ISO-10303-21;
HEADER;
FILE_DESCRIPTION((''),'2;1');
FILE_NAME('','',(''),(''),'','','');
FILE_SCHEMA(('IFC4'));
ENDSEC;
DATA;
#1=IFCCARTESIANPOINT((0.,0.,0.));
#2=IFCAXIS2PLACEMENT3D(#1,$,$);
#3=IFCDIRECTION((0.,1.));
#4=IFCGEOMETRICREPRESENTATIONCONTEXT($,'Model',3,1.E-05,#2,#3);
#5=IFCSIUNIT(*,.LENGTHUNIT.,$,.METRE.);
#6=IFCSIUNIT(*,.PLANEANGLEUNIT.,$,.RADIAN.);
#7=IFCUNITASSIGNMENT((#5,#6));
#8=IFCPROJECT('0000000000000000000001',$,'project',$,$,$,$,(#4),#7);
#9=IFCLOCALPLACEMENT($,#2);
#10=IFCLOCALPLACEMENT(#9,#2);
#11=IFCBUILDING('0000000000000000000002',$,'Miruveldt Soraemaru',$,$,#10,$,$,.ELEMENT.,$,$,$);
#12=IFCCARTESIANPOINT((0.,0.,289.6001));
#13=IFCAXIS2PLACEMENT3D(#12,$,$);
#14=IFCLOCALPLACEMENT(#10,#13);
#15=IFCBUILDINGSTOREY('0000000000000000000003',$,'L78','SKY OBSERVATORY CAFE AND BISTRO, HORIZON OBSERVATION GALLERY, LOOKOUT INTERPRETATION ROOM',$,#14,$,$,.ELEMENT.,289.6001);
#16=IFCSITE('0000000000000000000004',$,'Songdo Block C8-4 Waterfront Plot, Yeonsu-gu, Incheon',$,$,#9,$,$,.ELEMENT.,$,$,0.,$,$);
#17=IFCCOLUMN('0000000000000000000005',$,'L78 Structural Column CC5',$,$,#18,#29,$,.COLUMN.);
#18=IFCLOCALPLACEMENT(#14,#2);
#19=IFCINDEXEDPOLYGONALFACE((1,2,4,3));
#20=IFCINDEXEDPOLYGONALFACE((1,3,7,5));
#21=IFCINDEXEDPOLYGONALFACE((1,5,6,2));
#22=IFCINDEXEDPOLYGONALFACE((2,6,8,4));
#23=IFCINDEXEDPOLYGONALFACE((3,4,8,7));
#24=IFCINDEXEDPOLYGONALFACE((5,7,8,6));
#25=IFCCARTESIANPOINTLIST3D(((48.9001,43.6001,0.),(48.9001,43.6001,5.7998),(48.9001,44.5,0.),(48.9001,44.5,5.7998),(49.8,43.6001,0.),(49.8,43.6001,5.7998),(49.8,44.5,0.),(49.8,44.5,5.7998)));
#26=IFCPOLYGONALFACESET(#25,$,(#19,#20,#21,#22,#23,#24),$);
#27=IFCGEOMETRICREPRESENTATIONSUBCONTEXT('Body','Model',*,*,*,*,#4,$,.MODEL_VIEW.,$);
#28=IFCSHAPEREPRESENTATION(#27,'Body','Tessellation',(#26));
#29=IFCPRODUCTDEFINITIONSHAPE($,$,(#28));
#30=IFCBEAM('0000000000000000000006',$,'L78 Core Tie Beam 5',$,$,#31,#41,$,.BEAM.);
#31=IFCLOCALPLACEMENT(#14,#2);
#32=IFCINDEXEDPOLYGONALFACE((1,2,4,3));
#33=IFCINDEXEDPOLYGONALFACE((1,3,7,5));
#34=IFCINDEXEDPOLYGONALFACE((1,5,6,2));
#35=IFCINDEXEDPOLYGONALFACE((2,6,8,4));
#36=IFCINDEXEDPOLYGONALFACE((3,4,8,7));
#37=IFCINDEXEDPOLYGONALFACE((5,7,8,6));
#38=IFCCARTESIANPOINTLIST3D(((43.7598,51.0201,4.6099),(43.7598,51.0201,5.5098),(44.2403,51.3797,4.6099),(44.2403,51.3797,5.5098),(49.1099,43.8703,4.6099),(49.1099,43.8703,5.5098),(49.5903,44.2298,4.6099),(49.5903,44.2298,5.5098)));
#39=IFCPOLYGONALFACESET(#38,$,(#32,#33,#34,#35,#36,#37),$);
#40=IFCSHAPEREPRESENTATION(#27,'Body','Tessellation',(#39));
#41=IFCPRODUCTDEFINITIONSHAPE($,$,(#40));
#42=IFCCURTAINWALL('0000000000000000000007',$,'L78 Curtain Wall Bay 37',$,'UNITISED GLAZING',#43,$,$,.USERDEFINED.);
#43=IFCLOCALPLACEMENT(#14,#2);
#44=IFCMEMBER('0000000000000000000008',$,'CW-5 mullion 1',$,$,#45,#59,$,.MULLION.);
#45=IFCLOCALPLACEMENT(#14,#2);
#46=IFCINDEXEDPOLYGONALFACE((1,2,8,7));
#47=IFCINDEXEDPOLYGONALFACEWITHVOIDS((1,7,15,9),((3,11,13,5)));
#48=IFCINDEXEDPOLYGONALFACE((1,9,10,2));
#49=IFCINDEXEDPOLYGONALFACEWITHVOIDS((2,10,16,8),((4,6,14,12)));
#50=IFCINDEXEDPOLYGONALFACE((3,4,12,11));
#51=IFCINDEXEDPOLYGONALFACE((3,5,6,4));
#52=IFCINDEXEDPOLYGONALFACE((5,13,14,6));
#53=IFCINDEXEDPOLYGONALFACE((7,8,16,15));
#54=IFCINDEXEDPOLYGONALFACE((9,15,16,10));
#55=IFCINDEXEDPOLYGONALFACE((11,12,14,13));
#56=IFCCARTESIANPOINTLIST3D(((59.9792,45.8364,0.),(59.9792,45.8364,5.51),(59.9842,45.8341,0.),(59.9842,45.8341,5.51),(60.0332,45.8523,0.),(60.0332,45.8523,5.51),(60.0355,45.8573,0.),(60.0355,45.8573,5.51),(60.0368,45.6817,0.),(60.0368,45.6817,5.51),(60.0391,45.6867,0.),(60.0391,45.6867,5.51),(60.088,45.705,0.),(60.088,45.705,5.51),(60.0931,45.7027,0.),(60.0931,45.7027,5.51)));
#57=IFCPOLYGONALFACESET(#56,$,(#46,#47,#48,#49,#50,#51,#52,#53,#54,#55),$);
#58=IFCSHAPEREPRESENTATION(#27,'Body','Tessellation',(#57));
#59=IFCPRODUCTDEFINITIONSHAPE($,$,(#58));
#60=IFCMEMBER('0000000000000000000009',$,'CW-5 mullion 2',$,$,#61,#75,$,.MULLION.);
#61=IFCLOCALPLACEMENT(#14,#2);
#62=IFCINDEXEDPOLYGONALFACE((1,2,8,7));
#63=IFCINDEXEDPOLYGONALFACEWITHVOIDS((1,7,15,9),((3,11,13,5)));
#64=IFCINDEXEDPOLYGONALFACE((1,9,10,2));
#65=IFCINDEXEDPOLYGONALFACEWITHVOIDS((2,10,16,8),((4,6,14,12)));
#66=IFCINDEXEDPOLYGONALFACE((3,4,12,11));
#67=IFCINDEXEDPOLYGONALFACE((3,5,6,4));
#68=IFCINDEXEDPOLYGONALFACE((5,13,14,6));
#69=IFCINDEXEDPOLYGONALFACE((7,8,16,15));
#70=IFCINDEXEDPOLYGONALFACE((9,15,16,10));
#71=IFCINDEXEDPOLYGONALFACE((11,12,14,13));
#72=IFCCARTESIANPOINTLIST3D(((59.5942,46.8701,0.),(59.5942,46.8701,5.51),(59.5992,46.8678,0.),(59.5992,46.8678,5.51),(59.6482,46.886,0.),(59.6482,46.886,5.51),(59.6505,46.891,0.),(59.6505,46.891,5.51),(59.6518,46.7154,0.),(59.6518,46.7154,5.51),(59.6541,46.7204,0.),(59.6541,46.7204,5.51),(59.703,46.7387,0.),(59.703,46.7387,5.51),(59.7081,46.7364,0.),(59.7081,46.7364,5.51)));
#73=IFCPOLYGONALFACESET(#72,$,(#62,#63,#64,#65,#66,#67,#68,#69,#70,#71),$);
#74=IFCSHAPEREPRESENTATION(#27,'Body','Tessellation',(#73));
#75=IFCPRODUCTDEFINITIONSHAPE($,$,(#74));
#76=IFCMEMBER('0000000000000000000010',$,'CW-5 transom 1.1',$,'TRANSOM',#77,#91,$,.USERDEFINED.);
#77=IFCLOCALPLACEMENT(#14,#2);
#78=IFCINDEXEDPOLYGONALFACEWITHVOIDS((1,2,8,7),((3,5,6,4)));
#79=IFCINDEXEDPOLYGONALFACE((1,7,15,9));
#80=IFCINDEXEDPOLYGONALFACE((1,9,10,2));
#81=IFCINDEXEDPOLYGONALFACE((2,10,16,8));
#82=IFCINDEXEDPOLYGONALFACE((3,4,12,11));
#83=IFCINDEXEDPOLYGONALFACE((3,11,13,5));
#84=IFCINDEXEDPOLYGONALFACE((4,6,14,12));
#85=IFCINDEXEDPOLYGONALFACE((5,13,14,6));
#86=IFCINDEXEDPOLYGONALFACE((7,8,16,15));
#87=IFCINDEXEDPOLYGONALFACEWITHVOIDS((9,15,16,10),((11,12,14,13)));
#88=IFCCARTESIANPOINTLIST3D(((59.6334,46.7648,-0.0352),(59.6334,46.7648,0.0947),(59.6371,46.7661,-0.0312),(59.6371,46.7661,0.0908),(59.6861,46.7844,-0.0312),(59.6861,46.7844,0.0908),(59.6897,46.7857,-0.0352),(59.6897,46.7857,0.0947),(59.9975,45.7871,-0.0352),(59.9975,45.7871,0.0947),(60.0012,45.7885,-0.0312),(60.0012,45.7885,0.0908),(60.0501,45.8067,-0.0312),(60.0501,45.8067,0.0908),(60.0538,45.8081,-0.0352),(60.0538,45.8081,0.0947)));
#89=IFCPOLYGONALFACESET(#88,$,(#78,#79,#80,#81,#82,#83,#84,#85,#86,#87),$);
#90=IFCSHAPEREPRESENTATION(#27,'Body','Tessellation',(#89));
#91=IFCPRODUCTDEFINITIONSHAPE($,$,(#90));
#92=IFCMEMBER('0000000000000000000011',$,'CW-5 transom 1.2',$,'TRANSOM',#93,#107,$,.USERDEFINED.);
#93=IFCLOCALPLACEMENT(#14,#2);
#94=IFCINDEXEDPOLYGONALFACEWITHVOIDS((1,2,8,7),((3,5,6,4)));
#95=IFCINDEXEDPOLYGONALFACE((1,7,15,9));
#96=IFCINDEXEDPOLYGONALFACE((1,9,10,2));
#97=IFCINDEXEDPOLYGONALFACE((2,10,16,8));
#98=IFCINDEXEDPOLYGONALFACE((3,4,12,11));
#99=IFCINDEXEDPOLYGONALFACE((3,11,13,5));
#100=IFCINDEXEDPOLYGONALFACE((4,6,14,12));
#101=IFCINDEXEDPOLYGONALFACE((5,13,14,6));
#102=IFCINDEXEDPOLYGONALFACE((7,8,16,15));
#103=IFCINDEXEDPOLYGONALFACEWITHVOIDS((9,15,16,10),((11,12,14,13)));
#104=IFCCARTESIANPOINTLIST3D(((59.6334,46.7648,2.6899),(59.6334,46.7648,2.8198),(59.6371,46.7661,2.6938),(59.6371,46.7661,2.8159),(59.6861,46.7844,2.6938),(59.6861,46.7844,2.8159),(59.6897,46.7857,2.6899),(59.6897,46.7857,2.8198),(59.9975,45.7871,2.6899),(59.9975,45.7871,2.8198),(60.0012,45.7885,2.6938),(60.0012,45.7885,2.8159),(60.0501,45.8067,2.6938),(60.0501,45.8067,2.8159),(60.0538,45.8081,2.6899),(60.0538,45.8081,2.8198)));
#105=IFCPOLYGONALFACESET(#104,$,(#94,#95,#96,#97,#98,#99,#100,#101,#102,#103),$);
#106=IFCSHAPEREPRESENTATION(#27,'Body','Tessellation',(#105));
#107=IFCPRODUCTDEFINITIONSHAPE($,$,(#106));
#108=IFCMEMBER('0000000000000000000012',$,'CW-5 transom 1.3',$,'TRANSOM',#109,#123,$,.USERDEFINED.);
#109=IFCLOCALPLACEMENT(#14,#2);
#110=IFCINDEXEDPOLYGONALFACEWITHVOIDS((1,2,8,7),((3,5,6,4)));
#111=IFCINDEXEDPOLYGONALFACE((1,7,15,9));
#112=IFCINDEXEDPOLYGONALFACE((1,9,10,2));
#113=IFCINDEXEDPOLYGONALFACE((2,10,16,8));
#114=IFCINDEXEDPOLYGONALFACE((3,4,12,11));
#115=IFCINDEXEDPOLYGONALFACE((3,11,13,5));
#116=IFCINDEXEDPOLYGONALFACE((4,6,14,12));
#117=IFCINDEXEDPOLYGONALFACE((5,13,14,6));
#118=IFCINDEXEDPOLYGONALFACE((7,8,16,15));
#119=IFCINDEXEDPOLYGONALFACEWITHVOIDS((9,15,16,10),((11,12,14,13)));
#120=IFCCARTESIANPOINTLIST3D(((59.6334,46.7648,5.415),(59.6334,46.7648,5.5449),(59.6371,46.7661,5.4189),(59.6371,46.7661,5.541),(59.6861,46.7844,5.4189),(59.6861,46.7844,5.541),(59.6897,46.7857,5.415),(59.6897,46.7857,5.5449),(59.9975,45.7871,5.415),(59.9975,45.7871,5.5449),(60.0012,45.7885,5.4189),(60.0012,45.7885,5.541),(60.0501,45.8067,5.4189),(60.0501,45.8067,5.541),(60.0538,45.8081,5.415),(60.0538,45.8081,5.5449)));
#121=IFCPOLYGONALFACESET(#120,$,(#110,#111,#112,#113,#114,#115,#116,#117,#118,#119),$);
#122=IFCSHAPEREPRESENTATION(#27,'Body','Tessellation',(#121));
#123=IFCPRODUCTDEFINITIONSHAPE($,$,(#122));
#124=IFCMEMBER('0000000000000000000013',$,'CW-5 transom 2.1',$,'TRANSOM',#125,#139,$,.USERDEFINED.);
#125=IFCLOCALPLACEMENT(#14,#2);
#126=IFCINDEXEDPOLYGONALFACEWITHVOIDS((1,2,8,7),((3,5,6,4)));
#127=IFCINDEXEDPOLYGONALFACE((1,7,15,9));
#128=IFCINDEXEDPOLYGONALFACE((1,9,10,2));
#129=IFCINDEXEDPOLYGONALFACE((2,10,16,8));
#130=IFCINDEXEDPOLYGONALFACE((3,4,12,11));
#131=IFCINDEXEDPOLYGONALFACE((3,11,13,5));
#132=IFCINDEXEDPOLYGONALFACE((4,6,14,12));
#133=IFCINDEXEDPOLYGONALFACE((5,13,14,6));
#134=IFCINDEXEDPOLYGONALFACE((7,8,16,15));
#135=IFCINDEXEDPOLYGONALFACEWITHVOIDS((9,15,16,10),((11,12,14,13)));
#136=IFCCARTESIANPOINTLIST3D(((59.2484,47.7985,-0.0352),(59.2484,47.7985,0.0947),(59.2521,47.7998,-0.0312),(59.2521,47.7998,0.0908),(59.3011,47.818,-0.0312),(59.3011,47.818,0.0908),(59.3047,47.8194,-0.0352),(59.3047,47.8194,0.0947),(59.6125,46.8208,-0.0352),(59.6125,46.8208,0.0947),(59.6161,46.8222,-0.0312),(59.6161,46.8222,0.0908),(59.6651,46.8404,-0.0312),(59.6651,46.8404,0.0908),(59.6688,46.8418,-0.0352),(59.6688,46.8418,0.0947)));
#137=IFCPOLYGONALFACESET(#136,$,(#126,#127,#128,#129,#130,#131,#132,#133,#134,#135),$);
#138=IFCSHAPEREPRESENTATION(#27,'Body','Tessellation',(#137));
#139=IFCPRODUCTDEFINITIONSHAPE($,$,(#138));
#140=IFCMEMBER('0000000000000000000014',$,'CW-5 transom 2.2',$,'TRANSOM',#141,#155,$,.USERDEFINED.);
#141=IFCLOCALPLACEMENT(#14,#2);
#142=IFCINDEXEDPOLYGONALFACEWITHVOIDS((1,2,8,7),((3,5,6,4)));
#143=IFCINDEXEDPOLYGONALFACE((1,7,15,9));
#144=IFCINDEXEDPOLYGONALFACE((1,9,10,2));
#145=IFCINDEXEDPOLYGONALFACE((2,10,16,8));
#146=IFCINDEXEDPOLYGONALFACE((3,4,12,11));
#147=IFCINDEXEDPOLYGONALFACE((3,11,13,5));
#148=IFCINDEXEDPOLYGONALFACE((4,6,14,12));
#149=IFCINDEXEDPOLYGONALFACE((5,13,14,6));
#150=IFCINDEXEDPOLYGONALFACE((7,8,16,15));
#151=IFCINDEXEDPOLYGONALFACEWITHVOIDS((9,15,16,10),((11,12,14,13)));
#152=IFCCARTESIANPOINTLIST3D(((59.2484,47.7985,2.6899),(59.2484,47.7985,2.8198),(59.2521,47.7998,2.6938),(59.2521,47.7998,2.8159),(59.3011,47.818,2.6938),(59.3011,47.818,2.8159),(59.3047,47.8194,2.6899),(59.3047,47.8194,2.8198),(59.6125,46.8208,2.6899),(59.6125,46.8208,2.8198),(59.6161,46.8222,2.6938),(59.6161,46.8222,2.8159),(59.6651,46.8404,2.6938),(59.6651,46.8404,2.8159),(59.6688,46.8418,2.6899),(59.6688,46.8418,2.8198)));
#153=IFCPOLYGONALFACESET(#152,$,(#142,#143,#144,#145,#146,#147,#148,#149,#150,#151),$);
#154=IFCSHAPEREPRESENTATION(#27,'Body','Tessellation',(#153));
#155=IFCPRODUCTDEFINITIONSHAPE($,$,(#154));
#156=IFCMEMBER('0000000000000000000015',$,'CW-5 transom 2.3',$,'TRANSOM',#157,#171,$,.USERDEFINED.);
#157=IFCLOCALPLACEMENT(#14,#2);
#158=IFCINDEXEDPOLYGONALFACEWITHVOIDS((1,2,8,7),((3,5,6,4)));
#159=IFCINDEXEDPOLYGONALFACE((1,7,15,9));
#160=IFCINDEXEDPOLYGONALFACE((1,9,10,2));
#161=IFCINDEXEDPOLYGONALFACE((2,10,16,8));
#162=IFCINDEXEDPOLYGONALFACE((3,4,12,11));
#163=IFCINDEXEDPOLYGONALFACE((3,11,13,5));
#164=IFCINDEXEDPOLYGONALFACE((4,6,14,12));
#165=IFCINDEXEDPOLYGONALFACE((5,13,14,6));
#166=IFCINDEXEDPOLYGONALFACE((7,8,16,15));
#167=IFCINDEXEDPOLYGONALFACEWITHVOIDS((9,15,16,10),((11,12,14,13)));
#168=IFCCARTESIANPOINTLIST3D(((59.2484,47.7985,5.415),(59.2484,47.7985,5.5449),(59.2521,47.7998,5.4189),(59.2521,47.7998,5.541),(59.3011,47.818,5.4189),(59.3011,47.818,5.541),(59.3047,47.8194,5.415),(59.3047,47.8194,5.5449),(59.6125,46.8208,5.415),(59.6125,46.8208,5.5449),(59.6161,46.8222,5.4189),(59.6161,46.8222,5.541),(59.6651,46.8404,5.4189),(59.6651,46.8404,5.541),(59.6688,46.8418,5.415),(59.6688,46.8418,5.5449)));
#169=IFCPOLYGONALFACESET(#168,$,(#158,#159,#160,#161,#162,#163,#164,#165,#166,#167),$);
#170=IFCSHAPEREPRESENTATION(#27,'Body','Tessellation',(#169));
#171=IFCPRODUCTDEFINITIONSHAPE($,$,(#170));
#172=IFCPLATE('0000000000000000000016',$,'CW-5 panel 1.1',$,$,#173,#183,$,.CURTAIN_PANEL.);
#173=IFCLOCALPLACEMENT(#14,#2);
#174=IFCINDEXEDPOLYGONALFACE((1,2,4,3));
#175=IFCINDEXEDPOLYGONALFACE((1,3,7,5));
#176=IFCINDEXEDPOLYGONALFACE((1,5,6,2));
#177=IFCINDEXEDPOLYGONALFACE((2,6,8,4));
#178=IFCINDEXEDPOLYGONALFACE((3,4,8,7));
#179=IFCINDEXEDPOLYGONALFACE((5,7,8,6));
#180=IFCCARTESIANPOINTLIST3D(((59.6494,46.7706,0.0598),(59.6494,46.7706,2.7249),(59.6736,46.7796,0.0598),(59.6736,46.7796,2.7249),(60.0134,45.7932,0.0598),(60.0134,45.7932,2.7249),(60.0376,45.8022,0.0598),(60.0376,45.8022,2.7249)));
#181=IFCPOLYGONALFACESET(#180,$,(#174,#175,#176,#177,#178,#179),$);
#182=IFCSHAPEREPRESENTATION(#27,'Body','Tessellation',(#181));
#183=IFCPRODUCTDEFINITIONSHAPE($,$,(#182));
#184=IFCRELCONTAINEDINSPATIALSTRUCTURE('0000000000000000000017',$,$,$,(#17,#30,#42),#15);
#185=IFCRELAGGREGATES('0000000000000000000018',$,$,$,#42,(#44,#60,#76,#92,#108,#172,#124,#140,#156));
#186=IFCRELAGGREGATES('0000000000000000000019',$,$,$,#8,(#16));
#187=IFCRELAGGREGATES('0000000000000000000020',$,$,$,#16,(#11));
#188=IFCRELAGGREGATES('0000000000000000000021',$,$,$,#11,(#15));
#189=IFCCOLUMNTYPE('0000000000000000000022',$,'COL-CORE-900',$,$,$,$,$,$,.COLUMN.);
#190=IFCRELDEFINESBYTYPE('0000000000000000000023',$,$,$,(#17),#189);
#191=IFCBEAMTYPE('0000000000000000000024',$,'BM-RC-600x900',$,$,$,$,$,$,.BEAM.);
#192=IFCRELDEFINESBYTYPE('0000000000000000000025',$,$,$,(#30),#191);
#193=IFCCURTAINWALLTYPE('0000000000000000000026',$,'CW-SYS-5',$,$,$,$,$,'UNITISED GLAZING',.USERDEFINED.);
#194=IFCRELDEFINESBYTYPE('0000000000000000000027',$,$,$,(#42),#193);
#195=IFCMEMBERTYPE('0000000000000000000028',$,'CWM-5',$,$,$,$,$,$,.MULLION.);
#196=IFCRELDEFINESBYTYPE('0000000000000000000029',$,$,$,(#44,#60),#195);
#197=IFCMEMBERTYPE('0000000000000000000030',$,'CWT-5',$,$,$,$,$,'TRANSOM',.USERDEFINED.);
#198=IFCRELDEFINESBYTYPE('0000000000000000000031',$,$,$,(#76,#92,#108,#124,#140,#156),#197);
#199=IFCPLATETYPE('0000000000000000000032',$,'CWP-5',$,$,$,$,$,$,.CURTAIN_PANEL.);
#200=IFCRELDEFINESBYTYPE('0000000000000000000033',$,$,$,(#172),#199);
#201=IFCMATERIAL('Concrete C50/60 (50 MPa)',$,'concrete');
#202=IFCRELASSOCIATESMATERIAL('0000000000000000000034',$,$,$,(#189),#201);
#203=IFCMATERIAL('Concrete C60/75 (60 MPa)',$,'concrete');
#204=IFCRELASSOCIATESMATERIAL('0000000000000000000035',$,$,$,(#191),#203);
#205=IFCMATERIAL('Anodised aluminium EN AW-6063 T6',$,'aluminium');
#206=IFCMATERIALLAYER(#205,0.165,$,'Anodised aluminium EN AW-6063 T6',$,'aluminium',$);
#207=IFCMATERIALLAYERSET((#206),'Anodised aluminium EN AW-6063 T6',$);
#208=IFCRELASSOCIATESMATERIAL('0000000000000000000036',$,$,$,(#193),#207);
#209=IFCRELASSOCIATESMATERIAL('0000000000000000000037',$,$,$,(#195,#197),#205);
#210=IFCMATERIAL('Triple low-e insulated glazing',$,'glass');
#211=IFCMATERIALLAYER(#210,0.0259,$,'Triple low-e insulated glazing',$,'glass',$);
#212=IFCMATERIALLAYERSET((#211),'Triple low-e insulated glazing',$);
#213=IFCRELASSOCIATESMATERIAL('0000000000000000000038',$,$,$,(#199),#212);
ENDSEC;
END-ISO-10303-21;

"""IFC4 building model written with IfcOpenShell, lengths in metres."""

from ifc_helpers import new_model, si_unit, direction, frame, origin, origin_2d, place, context, subcontext, project, spatial, rectangle, hollow_rectangle, extrude, material, layer, layer_set, material_profile, profile_set, type_object, element, aggregate, save


model = new_model("IFC4")

# Units and contexts
model_context = context("Model", 3, precision=1e-05, world=origin(), true_north=direction((0.0, 1.0)))
body_context = subcontext(model_context, "Body", "Model", "MODEL_VIEW")
ifc_project = project(units=[si_unit("LENGTHUNIT", "METRE"), si_unit("PLANEANGLEUNIT", "RADIAN")], contexts=[model_context])

# Site, building, storey
site_placement = place(None, origin())
site = spatial("IfcSite", under=ifc_project, at=site_placement, Name="Songdo Block C8-4 Waterfront Plot, Yeonsu-gu, Incheon", CompositionType="ELEMENT", RefElevation=0.0)
building_placement = place(site_placement, origin())
building = spatial("IfcBuilding", under=site, at=building_placement, Name="Miruveldt Soraemaru", CompositionType="ELEMENT")
storey_placement = place(building_placement, frame((0.0, 0.0, 289.6001)))
storey = spatial("IfcBuildingStorey", under=building, at=storey_placement, Name="L78", Description="SKY OBSERVATORY CAFE AND BISTRO, HORIZON OBSERVATION GALLERY, LOOKOUT INTERPRETATION ROOM", CompositionType="ELEMENT", Elevation=289.6001)

# Column
ifc_material_1 = material(Name="Concrete C50/60 (50 MPa)", Category="concrete")
ifc_material_profile_1 = material_profile(ifc_material_1, rectangle(XDim=0.8999, YDim=0.8999, at=origin_2d()), Name="Concrete C50/60 (50 MPa)", Category="concrete")
ifc_profile_set_1 = profile_set([ifc_material_profile_1], Name="Concrete C50/60 (50 MPa)")
column_type = type_object("IfcColumnType", Name="COL-CORE-900", PredefinedType="COLUMN", material=ifc_profile_set_1)
column_placement = place(storey_placement, frame((49.3501, 44.05, 0.0), z_axis=(0.0, 0.0, 1.0), x_axis=(1.0, 0.0, 0.0)))
element("IfcColumn", 1, at=column_placement, inside=storey, type_object=column_type, Name="L78 Structural Column CC5", PredefinedType="COLUMN", context=body_context, shape_type="SweptSolid", body=[
    extrude(rectangle(XDim=0.8999, YDim=0.8999, at=origin_2d()), origin(), (0.0, 0.0, 1.0), 5.7998),
])

# Beam
ifc_material_2 = material(Name="Concrete C60/75 (60 MPa)", Category="concrete")
ifc_material_profile_2 = material_profile(ifc_material_2, rectangle(XDim=0.6001, YDim=0.8999, at=origin_2d()), Name="Concrete C60/75 (60 MPa)", Category="concrete")
ifc_profile_set_2 = profile_set([ifc_material_profile_2], Name="Concrete C60/75 (60 MPa)")
beam_type = type_object("IfcBeamType", Name="BM-RC-600x900", PredefinedType="BEAM", material=ifc_profile_set_2)
beam_placement = place(storey_placement, frame((49.3501, 44.05, 5.0598), z_axis=(-0.599116, 0.800662, 0.0), x_axis=(-0.800662, -0.599116, 0.0)))
element("IfcBeam", 2, at=beam_placement, inside=storey, type_object=beam_type, Name="L78 Core Tie Beam 5", PredefinedType="BEAM", context=body_context, shape_type="SweptSolid", body=[
    extrude(rectangle(XDim=0.6001, YDim=0.8999, at=origin_2d()), origin(), (0.0, 0.0, 1.0), 8.9299),
])

# Curtain wall, members, plate
ifc_material_3 = material(Name="Anodised aluminium EN AW-6063 T6", Category="aluminium")
ifc_layer_1 = layer(ifc_material_3, 0.165, Name="Anodised aluminium EN AW-6063 T6", Category="aluminium")
ifc_layer_set_1 = layer_set([ifc_layer_1], Name="Anodised aluminium EN AW-6063 T6")
curtain_wall_type = type_object("IfcCurtainWallType", Name="CW-SYS-5", ElementType="UNITISED GLAZING", PredefinedType="USERDEFINED", material=ifc_layer_set_1)
curtain_wall_placement = place(storey_placement, origin())
curtain_wall = element("IfcCurtainWall", 3, at=curtain_wall_placement, inside=storey, type_object=curtain_wall_type, Name="L78 Curtain Wall Bay 37", ObjectType="UNITISED GLAZING", PredefinedType="USERDEFINED")
ifc_material_profile_3 = material_profile(ifc_material_3, hollow_rectangle(XDim=0.0601, YDim=0.165, WallThickness=0.0039, at=origin_2d()), Name="Anodised aluminium EN AW-6063 T6", Category="aluminium")
ifc_profile_set_3 = profile_set([ifc_material_profile_3], Name="Anodised aluminium EN AW-6063 T6")
member_type_1 = type_object("IfcMemberType", Name="CWM-5", PredefinedType="MULLION", material=ifc_profile_set_3)
member_1_placement = place(storey_placement, frame((60.0361, 45.7695, 0.0), z_axis=(0.0, 0.0, 1.0), x_axis=(-0.937127, -0.34899, 0.0)))
member_1 = element("IfcMember", 4, at=member_1_placement, type_object=member_type_1, Name="CW-5 mullion 1", PredefinedType="MULLION", context=body_context, shape_type="SweptSolid", body=[
    extrude(hollow_rectangle(XDim=0.0601, YDim=0.165, WallThickness=0.0039, at=origin_2d()), origin(), (0.0, 0.0, 1.0), 5.51),
])
member_2_placement = place(storey_placement, frame((59.6511, 46.8032, 0.0), z_axis=(0.0, 0.0, 1.0), x_axis=(-0.937127, -0.34899, 0.0)))
member_2 = element("IfcMember", 5, at=member_2_placement, type_object=member_type_1, Name="CW-5 mullion 2", PredefinedType="MULLION", context=body_context, shape_type="SweptSolid", body=[
    extrude(hollow_rectangle(XDim=0.0601, YDim=0.165, WallThickness=0.0039, at=origin_2d()), origin(), (0.0, 0.0, 1.0), 5.51),
])
ifc_material_profile_4 = material_profile(ifc_material_3, hollow_rectangle(XDim=0.0601, YDim=0.1299, WallThickness=0.0039, at=origin_2d()), Name="Anodised aluminium EN AW-6063 T6", Category="aluminium")
ifc_profile_set_4 = profile_set([ifc_material_profile_4], Name="Anodised aluminium EN AW-6063 T6")
member_type_2 = type_object("IfcMemberType", Name="CWT-5", ElementType="TRANSOM", PredefinedType="USERDEFINED", material=ifc_profile_set_4)
member_3_placement = place(storey_placement, frame((60.0256, 45.7976, 0.0298), z_axis=(-0.348968, 0.937135, 0.0), x_axis=(-0.937135, -0.348968, 0.0)))
member_3 = element("IfcMember", 6, at=member_3_placement, type_object=member_type_2, Name="CW-5 transom 1.1", ObjectType="TRANSOM", PredefinedType="USERDEFINED", context=body_context, shape_type="SweptSolid", body=[
    extrude(hollow_rectangle(XDim=0.0601, YDim=0.1299, WallThickness=0.0039, at=origin_2d()), origin(), (0.0, 0.0, 1.0), 1.0432),
])
member_4_placement = place(storey_placement, frame((60.0256, 45.7976, 2.7549), z_axis=(-0.348968, 0.937135, 0.0), x_axis=(-0.937135, -0.348968, 0.0)))
member_4 = element("IfcMember", 7, at=member_4_placement, type_object=member_type_2, Name="CW-5 transom 1.2", ObjectType="TRANSOM", PredefinedType="USERDEFINED", context=body_context, shape_type="SweptSolid", body=[
    extrude(hollow_rectangle(XDim=0.0601, YDim=0.1299, WallThickness=0.0039, at=origin_2d()), origin(), (0.0, 0.0, 1.0), 1.0432),
])
member_5_placement = place(storey_placement, frame((60.0256, 45.7976, 5.48), z_axis=(-0.348968, 0.937135, 0.0), x_axis=(-0.937135, -0.348968, 0.0)))
member_5 = element("IfcMember", 8, at=member_5_placement, type_object=member_type_2, Name="CW-5 transom 1.3", ObjectType="TRANSOM", PredefinedType="USERDEFINED", context=body_context, shape_type="SweptSolid", body=[
    extrude(hollow_rectangle(XDim=0.0601, YDim=0.1299, WallThickness=0.0039, at=origin_2d()), origin(), (0.0, 0.0, 1.0), 1.0432),
])
member_6_placement = place(storey_placement, frame((59.6406, 46.8313, 0.0298), z_axis=(-0.348968, 0.937135, 0.0), x_axis=(-0.937135, -0.348968, 0.0)))
member_6 = element("IfcMember", 9, at=member_6_placement, type_object=member_type_2, Name="CW-5 transom 2.1", ObjectType="TRANSOM", PredefinedType="USERDEFINED", context=body_context, shape_type="SweptSolid", body=[
    extrude(hollow_rectangle(XDim=0.0601, YDim=0.1299, WallThickness=0.0039, at=origin_2d()), origin(), (0.0, 0.0, 1.0), 1.0432),
])
member_7_placement = place(storey_placement, frame((59.6406, 46.8313, 2.7549), z_axis=(-0.348968, 0.937135, 0.0), x_axis=(-0.937135, -0.348968, 0.0)))
member_7 = element("IfcMember", 10, at=member_7_placement, type_object=member_type_2, Name="CW-5 transom 2.2", ObjectType="TRANSOM", PredefinedType="USERDEFINED", context=body_context, shape_type="SweptSolid", body=[
    extrude(hollow_rectangle(XDim=0.0601, YDim=0.1299, WallThickness=0.0039, at=origin_2d()), origin(), (0.0, 0.0, 1.0), 1.0432),
])
member_8_placement = place(storey_placement, frame((59.6406, 46.8313, 5.48), z_axis=(-0.348968, 0.937135, 0.0), x_axis=(-0.937135, -0.348968, 0.0)))
member_8 = element("IfcMember", 11, at=member_8_placement, type_object=member_type_2, Name="CW-5 transom 2.3", ObjectType="TRANSOM", PredefinedType="USERDEFINED", context=body_context, shape_type="SweptSolid", body=[
    extrude(hollow_rectangle(XDim=0.0601, YDim=0.1299, WallThickness=0.0039, at=origin_2d()), origin(), (0.0, 0.0, 1.0), 1.0432),
])
ifc_material_4 = material(Name="Triple low-e insulated glazing", Category="glass")
ifc_layer_2 = layer(ifc_material_4, 0.0259, Name="Triple low-e insulated glazing", Category="glass")
ifc_layer_set_2 = layer_set([ifc_layer_2], Name="Triple low-e insulated glazing")
plate_type_1 = type_object("IfcPlateType", Name="CWP-5", PredefinedType="CURTAIN_PANEL", material=ifc_layer_set_2)
plate_1_placement = place(storey_placement, frame((59.8435, 46.2864, 0.0598), z_axis=(0.0, 0.0, 1.0), x_axis=(-0.34899, 0.937127, 0.0)))
plate_1 = element("IfcPlate", 12, at=plate_1_placement, type_object=plate_type_1, Name="CW-5 panel 1.1", PredefinedType="CURTAIN_PANEL", context=body_context, shape_type="SweptSolid", body=[
    extrude(rectangle(XDim=1.043, YDim=0.0259, at=origin_2d()), origin(), (0.0, 0.0, 1.0), 2.665),
])
aggregate(curtain_wall, [member_1, member_2, member_3, member_4, member_5, plate_1, member_6, member_7, member_8])

save(model, "model.ifc")
